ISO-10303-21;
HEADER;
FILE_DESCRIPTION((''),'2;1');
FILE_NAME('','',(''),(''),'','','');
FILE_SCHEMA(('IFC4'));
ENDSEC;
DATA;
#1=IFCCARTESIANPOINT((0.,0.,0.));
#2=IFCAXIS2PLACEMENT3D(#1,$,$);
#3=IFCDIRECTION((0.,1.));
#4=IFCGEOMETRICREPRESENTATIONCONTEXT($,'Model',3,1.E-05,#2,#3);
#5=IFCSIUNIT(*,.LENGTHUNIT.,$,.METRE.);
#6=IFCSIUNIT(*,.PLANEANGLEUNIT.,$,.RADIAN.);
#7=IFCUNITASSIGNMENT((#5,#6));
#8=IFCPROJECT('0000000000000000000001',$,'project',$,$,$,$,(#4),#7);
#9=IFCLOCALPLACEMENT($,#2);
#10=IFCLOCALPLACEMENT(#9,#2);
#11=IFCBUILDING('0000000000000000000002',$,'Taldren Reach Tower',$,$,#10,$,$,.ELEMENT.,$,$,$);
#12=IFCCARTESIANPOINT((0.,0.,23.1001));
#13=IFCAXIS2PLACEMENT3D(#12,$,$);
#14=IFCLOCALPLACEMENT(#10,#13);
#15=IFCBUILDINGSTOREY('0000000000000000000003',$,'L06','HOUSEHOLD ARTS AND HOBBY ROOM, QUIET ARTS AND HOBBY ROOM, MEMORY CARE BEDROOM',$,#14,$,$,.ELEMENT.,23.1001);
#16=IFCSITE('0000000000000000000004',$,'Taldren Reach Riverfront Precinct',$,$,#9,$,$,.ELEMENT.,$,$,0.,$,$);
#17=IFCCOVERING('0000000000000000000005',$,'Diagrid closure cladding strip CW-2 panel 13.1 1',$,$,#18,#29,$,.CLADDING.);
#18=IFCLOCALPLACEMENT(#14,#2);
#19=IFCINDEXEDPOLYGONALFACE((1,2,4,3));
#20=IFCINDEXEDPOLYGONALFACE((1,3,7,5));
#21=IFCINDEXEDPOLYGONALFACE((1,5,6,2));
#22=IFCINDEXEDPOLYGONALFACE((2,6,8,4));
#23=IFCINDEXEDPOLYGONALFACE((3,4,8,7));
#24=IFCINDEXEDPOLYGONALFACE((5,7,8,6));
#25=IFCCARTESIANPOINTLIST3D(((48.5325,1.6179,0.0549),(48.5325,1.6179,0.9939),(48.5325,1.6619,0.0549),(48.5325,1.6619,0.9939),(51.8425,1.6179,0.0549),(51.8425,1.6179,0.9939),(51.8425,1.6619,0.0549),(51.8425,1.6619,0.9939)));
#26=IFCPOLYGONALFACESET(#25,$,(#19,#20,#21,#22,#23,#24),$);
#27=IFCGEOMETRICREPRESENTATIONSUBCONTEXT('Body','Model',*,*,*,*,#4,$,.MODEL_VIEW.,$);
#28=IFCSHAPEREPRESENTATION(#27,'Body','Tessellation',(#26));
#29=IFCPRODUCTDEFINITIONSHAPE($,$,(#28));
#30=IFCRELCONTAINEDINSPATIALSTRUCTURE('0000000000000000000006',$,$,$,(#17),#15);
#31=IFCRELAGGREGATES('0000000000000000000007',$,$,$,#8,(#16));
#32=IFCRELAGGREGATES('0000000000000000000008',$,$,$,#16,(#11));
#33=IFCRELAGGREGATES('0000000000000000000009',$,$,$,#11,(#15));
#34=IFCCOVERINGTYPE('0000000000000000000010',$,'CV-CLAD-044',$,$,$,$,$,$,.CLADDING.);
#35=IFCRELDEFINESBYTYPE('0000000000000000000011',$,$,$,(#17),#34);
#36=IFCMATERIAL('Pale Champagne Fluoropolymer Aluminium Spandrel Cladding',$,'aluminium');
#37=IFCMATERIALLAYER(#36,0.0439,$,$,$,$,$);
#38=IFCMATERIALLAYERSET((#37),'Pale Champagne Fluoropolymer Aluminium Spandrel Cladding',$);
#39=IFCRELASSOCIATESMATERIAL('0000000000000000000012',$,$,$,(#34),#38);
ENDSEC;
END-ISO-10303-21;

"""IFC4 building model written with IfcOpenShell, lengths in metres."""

from ifc_helpers import new_model, si_unit, direction, frame, origin, origin_2d, place, context, subcontext, project, spatial, rectangle, extrude, source, transform, mapped, material, layer, layer_set, type_object, element, save


model = new_model("IFC4")

# Units and contexts
model_context = context("Model", 3, precision=1e-05, world=origin(), true_north=direction((0.0, 1.0)))
body_context = subcontext(model_context, "Body", "Model", "MODEL_VIEW")
ifc_project = project(units=[si_unit("LENGTHUNIT", "METRE"), si_unit("PLANEANGLEUNIT", "RADIAN")], contexts=[model_context])

# Site, building, storey
site_placement = place(None, origin())
site = spatial("IfcSite", under=ifc_project, at=site_placement, Name="Taldren Reach Riverfront Precinct", CompositionType="ELEMENT", RefElevation=0.0)
building_placement = place(site_placement, origin())
building = spatial("IfcBuilding", under=site, at=building_placement, Name="Taldren Reach Tower", CompositionType="ELEMENT")
storey_placement = place(building_placement, frame((0.0, 0.0, 23.1001)))
storey = spatial("IfcBuildingStorey", under=building, at=storey_placement, Name="L06", Description="HOUSEHOLD ARTS AND HOBBY ROOM, QUIET ARTS AND HOBBY ROOM, MEMORY CARE BEDROOM", CompositionType="ELEMENT", Elevation=23.1001)

# Covering
ifc_material_1 = material(Name="Pale Champagne Fluoropolymer Aluminium Spandrel Cladding", Category="aluminium")
ifc_layer_1 = layer(ifc_material_1, 0.0439)
ifc_layer_set_1 = layer_set([ifc_layer_1], Name="Pale Champagne Fluoropolymer Aluminium Spandrel Cladding")
covering_type = type_object("IfcCoveringType", Name="CV-CLAD-044", PredefinedType="CLADDING", material=ifc_layer_set_1)
shared_shape_1 = source(origin(), body_context, "Body", "SweptSolid", [
    extrude(rectangle(XDim=3.3101, YDim=0.0439, at=origin_2d()), origin(), (0.0, 0.0, 1.0), 0.939),
])
covering_1_placement = place(storey_placement, frame((50.1875, 1.6399, 0.0549), z_axis=(0.0, 0.0, 1.0), x_axis=(1.0, 0.0, 0.0)))
element("IfcCovering", 1, at=covering_1_placement, inside=storey, type_object=covering_type, Name="Diagrid closure cladding strip CW-2 panel 13.1 1", PredefinedType="CLADDING", context=body_context, shape_type="MappedRepresentation", body=[
    mapped(shared_shape_1, transform((0.0, 0.0, 0.0), scale=1.0)),
])

save(model, "model.ifc")
